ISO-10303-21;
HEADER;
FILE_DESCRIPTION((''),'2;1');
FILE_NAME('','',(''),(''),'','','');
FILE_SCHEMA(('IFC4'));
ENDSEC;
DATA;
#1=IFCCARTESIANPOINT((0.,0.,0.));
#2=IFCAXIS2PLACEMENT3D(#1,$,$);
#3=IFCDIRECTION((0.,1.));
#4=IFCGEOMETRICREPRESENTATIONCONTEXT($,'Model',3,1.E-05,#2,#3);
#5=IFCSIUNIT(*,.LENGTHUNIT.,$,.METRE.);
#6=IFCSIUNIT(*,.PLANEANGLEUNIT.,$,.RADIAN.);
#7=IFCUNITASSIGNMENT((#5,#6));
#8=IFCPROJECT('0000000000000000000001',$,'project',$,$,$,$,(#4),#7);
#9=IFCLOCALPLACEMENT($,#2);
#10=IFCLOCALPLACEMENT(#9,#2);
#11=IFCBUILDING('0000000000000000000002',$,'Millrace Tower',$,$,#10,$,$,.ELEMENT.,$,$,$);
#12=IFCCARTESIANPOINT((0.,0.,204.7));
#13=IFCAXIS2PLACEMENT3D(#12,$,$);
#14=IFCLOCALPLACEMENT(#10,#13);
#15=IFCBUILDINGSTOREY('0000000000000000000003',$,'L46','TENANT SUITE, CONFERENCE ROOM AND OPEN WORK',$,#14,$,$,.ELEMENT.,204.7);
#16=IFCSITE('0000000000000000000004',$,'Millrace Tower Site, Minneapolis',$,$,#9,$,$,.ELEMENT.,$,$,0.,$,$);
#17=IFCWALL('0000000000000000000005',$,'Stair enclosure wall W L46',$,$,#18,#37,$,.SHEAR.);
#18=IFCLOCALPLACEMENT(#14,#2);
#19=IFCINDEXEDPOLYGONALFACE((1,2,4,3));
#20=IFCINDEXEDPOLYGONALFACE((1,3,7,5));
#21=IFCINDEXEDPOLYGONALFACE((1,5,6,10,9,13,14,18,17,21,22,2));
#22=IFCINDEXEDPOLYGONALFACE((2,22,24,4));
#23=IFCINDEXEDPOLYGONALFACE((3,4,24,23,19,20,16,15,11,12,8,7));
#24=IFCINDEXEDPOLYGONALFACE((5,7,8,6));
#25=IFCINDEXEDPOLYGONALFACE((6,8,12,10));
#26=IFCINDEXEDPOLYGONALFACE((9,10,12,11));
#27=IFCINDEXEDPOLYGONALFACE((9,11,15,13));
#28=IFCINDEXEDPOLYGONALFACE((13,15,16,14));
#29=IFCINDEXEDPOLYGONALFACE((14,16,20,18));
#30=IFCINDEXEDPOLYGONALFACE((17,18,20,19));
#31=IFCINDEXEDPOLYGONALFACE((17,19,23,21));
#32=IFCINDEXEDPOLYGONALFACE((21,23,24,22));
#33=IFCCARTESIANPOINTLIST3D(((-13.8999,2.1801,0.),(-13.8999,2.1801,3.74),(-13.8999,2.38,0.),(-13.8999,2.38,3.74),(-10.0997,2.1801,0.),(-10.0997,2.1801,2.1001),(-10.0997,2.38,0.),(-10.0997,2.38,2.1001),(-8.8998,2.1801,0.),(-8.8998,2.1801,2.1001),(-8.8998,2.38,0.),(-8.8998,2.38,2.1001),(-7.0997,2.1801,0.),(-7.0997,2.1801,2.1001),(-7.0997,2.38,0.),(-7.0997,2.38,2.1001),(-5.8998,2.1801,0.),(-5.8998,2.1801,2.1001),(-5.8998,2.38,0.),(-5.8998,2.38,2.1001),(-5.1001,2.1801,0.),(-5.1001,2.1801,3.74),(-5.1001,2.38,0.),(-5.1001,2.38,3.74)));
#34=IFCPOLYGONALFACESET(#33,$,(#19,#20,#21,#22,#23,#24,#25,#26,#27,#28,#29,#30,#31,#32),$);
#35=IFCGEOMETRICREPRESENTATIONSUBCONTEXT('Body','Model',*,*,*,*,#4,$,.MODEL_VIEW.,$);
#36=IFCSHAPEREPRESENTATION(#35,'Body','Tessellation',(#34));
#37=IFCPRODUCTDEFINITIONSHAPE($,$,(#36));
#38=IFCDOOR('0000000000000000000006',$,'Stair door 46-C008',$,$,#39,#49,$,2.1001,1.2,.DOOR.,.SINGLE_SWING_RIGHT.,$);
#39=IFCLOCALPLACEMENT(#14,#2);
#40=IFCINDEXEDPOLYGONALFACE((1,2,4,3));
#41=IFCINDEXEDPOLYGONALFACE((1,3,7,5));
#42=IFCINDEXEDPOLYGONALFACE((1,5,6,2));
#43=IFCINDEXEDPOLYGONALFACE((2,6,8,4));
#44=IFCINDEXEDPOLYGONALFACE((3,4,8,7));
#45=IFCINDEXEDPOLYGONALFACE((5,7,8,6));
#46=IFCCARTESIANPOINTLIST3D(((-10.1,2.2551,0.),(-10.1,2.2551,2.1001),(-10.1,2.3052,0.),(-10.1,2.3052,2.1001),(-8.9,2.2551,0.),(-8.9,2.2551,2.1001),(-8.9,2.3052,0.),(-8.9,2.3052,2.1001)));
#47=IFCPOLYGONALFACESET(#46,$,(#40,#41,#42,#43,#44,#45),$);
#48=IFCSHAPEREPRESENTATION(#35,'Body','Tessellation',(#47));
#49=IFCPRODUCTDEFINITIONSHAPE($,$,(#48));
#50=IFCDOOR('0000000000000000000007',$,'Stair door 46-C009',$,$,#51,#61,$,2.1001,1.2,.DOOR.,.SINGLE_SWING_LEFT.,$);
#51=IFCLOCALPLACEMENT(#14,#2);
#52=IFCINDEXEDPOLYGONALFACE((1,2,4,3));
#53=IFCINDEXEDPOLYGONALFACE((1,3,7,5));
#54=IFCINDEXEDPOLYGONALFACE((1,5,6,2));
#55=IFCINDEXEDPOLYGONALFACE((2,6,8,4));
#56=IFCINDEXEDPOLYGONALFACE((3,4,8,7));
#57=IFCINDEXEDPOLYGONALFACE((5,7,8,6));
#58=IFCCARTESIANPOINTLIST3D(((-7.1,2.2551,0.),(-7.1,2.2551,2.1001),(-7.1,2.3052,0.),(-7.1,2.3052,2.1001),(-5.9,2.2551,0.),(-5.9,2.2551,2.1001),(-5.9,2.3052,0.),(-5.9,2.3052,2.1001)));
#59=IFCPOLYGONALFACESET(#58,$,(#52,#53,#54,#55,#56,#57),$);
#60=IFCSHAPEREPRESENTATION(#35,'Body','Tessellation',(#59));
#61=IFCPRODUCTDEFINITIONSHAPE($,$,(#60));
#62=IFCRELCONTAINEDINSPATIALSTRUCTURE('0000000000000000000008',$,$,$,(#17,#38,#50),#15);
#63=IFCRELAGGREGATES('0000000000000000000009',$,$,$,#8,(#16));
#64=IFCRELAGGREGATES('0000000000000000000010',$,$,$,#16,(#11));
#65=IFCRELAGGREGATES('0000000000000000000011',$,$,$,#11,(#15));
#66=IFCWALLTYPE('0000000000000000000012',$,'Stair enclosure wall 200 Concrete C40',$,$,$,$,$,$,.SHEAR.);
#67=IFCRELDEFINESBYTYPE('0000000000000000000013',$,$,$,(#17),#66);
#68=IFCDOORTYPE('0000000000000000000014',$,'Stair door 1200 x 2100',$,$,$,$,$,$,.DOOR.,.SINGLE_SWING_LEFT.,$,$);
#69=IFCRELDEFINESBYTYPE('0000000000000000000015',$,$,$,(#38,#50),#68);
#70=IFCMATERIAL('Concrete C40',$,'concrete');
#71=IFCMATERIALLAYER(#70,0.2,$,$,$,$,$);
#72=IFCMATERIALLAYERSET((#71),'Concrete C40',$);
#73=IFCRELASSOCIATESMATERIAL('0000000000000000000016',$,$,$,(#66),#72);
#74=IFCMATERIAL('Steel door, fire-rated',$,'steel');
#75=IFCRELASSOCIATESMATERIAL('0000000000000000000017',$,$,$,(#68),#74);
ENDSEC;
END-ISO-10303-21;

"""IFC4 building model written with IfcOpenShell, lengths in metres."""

from ifc_helpers import new_model, si_unit, direction, frame, frame_2d, origin, place, context, subcontext, project, spatial, rectangle, extrude, material, layer, layer_set, type_object, element, fill, save


model = new_model("IFC4")

# Units and contexts
model_context = context("Model", 3, precision=1e-05, world=origin(), true_north=direction((0.0, 1.0)))
body_context = subcontext(model_context, "Body", "Model", "MODEL_VIEW")
ifc_project = project(units=[si_unit("LENGTHUNIT", "METRE"), si_unit("PLANEANGLEUNIT", "RADIAN")], contexts=[model_context])

# Site, building, storey
site_placement = place(None, origin())
site = spatial("IfcSite", under=ifc_project, at=site_placement, Name="Millrace Tower Site, Minneapolis", CompositionType="ELEMENT", RefElevation=0.0)
building_placement = place(site_placement, origin())
building = spatial("IfcBuilding", under=site, at=building_placement, Name="Millrace Tower", CompositionType="ELEMENT")
storey_placement = place(building_placement, frame((0.0, 0.0, 204.7)))
storey = spatial("IfcBuildingStorey", under=building, at=storey_placement, Name="L46", Description="TENANT SUITE, CONFERENCE ROOM AND OPEN WORK", CompositionType="ELEMENT", Elevation=204.7)

# Shared definitions
ifc_material_1 = material(Name="Concrete C40", Category="concrete")
ifc_layer_1 = layer(ifc_material_1, 0.2)
ifc_layer_set_1 = layer_set([ifc_layer_1], Name="Concrete C40")
wall_type_1 = type_object("IfcWallType", Name="Stair enclosure wall 200 Concrete C40", PredefinedType="SHEAR", material=ifc_layer_set_1)

# Wall, openings, doors
wall_1_placement = place(storey_placement, frame((-13.8999, 2.28, 0.0), z_axis=(0.0, 0.0, 1.0), x_axis=(1.0, 0.0, 0.0)))
wall_1 = element("IfcWall", 1, at=wall_1_placement, inside=storey, type_object=wall_type_1, Name="Stair enclosure wall W L46", PredefinedType="SHEAR", context=body_context, shape_type="SweptSolid", body=[
    extrude(rectangle(XDim=8.7998, YDim=0.2, at=frame_2d((4.3999, 0.0))), origin(), (0.0, 0.0, 1.0), 3.74),
])
opening_1_placement = place(wall_1_placement, frame((3.8, 0.0, 0.0)))
opening_1 = element("IfcOpeningElement", 2, at=opening_1_placement, cuts=wall_1, PredefinedType="OPENING", context=body_context, shape_type="SweptSolid", body=[
    extrude(rectangle(XDim=1.2, YDim=2.1001, at=frame_2d((0.6001, 1.05))), frame((0.0, 0.1099, 0.0), z_axis=(0.0, -1.0, 0.0), x_axis=(1.0, 0.0, 0.0)), (0.0, 0.0, 1.0), 0.22),
])
opening_2_placement = place(wall_1_placement, frame((6.8, 0.0, 0.0)))
opening_2 = element("IfcOpeningElement", 3, at=opening_2_placement, cuts=wall_1, PredefinedType="OPENING", context=body_context, shape_type="SweptSolid", body=[
    extrude(rectangle(XDim=1.2, YDim=2.1001, at=frame_2d((0.6001, 1.05))), frame((0.0, 0.1099, 0.0), z_axis=(0.0, -1.0, 0.0), x_axis=(1.0, 0.0, 0.0)), (0.0, 0.0, 1.0), 0.22),
])
ifc_material_2 = material(Name="Steel door, fire-rated", Category="steel")
door_type_1 = type_object("IfcDoorType", Name="Stair door 1200 x 2100", OperationType="SINGLE_SWING_LEFT", PredefinedType="DOOR", material=ifc_material_2)
door_1_placement = place(opening_1_placement, frame((1.2, 0.0, 0.0), z_axis=(0.0, 0.0, 1.0), x_axis=(-1.0, 0.0, 0.0)))
door_1 = element("IfcDoor", 4, at=door_1_placement, inside=storey, type_object=door_type_1, Name="Stair door 46-C008", OperationType="SINGLE_SWING_RIGHT", OverallHeight=2.1001, OverallWidth=1.2, PredefinedType="DOOR", context=body_context, shape_type="SweptSolid", body=[
    extrude(rectangle(XDim=1.2, YDim=2.1001, at=frame_2d((0.6001, 1.05))), frame((0.0, 0.0249, 0.0), z_axis=(0.0, -1.0, 0.0), x_axis=(1.0, 0.0, 0.0)), (0.0, 0.0, 1.0), 0.05),
])
fill(opening_1, door_1)
door_2_placement = place(opening_2_placement, frame((1.2, 0.0, 0.0), z_axis=(0.0, 0.0, 1.0), x_axis=(-1.0, 0.0, 0.0)))
door_2 = element("IfcDoor", 5, at=door_2_placement, inside=storey, type_object=door_type_1, Name="Stair door 46-C009", OperationType="SINGLE_SWING_LEFT", OverallHeight=2.1001, OverallWidth=1.2, PredefinedType="DOOR", context=body_context, shape_type="SweptSolid", body=[
    extrude(rectangle(XDim=1.2, YDim=2.1001, at=frame_2d((0.6001, 1.05))), frame((0.0, 0.0249, 0.0), z_axis=(0.0, -1.0, 0.0), x_axis=(1.0, 0.0, 0.0)), (0.0, 0.0, 1.0), 0.05),
])
fill(opening_2, door_2)

save(model, "model.ifc")
